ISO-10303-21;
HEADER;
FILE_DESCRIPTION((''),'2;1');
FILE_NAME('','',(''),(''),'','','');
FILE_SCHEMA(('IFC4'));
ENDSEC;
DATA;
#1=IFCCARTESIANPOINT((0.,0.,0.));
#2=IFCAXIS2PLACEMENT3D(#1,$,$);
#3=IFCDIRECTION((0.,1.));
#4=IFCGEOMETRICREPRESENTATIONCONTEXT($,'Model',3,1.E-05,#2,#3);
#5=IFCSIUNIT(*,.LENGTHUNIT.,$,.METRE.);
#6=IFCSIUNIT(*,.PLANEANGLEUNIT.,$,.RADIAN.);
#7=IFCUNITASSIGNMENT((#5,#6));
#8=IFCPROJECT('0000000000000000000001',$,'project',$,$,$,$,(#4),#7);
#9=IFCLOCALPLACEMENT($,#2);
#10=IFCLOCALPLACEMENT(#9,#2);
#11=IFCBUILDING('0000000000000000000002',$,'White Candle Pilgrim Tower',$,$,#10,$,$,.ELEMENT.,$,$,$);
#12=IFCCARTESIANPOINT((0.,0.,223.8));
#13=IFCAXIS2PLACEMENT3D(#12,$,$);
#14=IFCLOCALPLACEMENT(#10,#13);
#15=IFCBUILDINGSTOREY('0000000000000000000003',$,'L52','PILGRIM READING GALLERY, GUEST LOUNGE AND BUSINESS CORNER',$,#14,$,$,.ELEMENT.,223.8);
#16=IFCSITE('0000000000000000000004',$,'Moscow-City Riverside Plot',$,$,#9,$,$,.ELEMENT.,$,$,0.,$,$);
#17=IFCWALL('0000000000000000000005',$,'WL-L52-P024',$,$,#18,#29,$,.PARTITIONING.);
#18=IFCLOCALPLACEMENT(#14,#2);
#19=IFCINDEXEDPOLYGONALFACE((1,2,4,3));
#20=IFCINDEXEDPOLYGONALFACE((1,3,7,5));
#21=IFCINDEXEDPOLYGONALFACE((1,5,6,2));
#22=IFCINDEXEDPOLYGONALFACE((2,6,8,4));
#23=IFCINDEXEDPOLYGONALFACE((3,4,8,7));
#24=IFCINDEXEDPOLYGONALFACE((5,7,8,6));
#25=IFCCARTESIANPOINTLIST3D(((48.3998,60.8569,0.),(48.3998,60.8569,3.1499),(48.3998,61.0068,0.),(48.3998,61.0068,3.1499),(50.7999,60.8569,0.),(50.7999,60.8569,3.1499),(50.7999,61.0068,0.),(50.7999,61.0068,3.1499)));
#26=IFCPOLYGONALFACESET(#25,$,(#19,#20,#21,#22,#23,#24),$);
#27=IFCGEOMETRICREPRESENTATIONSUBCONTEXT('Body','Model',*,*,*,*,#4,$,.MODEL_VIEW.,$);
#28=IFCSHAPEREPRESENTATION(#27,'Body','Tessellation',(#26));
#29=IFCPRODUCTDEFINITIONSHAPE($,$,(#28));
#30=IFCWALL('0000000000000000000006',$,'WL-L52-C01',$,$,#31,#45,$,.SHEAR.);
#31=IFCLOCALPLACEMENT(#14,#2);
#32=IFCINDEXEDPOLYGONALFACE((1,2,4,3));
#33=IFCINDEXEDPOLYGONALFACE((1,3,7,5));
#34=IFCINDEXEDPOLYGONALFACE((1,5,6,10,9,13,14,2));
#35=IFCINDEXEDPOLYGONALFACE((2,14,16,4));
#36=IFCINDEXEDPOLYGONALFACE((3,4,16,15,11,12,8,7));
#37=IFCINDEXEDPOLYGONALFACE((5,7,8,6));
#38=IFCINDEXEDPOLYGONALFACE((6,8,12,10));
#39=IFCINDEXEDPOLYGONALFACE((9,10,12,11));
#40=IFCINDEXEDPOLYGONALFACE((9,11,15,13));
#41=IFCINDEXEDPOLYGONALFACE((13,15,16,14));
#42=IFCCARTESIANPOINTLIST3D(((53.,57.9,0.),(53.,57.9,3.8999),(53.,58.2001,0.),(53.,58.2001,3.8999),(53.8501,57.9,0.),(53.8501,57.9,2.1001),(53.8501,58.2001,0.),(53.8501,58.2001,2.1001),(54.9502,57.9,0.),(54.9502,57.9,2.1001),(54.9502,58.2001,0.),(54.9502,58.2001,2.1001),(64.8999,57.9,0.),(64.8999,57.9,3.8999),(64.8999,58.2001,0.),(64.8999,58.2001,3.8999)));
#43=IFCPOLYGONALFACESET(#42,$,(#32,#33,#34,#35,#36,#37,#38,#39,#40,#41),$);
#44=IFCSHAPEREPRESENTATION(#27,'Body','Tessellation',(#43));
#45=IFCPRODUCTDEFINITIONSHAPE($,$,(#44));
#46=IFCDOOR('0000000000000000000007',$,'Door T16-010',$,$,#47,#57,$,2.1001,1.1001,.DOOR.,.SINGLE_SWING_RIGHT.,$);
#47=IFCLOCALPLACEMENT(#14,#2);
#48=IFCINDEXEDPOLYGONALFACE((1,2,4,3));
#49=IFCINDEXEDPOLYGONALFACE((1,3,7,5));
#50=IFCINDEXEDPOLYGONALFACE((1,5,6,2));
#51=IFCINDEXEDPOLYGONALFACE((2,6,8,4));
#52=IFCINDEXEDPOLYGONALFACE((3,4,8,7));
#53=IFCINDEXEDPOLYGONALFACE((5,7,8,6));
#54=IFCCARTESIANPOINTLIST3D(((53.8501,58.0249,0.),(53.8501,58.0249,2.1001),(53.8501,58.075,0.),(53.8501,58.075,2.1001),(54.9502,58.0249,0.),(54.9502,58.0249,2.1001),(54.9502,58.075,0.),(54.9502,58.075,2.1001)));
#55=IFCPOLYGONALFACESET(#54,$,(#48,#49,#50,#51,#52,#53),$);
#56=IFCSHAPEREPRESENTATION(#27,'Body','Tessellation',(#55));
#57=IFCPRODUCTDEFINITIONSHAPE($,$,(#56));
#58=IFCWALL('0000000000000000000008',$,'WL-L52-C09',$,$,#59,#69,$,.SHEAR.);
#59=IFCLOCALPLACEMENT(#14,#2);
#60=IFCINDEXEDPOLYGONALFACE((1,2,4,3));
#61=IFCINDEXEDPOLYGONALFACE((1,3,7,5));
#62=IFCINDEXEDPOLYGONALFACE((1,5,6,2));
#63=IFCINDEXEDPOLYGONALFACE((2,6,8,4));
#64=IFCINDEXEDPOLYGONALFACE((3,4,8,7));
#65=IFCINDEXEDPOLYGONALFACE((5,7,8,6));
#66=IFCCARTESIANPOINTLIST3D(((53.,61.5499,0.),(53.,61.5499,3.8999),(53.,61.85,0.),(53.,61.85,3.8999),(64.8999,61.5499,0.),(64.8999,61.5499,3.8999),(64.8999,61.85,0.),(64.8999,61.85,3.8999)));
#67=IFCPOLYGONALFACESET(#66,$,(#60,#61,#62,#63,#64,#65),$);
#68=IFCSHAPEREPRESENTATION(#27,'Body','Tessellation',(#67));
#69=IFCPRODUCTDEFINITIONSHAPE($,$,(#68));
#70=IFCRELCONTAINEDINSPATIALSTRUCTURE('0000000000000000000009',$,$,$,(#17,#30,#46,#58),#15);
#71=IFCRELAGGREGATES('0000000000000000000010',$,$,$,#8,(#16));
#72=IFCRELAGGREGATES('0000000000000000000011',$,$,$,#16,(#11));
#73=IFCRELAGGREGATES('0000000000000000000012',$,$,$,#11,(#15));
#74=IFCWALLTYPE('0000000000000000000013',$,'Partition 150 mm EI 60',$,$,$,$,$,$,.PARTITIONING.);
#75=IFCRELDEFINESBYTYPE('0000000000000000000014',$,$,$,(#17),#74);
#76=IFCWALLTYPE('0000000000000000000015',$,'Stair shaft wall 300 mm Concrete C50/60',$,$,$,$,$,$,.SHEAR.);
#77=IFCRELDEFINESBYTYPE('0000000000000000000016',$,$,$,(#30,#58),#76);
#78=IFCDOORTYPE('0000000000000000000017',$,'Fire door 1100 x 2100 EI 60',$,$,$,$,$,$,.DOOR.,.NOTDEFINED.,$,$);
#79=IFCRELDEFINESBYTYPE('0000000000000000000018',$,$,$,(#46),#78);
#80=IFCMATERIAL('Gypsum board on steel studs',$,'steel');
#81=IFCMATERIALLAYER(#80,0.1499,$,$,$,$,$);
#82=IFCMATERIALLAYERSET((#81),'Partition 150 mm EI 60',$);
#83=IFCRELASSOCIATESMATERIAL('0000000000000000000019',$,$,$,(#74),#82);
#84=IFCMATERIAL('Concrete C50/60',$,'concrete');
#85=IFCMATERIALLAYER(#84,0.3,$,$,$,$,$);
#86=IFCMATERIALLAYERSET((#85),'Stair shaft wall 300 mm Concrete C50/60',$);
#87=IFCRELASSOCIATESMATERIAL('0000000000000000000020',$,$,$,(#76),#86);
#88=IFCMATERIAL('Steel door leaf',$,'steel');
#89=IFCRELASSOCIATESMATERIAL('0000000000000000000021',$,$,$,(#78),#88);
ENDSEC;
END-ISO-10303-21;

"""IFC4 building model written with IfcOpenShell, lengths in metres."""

from ifc_helpers import new_model, si_unit, direction, frame, frame_2d, origin, place, context, subcontext, project, spatial, rectangle, extrude, material, layer, layer_set, type_object, element, fill, save


model = new_model("IFC4")

# Units and contexts
model_context = context("Model", 3, precision=1e-05, world=origin(), true_north=direction((0.0, 1.0)))
body_context = subcontext(model_context, "Body", "Model", "MODEL_VIEW")
ifc_project = project(units=[si_unit("LENGTHUNIT", "METRE"), si_unit("PLANEANGLEUNIT", "RADIAN")], contexts=[model_context])

# Site, building, storey
site_placement = place(None, origin())
site = spatial("IfcSite", under=ifc_project, at=site_placement, Name="Moscow-City Riverside Plot", CompositionType="ELEMENT", RefElevation=0.0)
building_placement = place(site_placement, origin())
building = spatial("IfcBuilding", under=site, at=building_placement, Name="White Candle Pilgrim Tower", CompositionType="ELEMENT")
storey_placement = place(building_placement, frame((0.0, 0.0, 223.8)))
storey = spatial("IfcBuildingStorey", under=building, at=storey_placement, Name="L52", Description="PILGRIM READING GALLERY, GUEST LOUNGE AND BUSINESS CORNER", CompositionType="ELEMENT", Elevation=223.8)

# Shared definitions
ifc_material_1 = material(Name="Concrete C50/60", Category="concrete")

# Shared definitions
ifc_material_2 = material(Name="Gypsum board on steel studs", Category="steel")
ifc_material_3 = material(Name="Steel door leaf", Category="steel")

# Wall
ifc_layer_1 = layer(ifc_material_2, 0.1499)
ifc_layer_set_1 = layer_set([ifc_layer_1], Name="Partition 150 mm EI 60")
wall_type_1 = type_object("IfcWallType", Name="Partition 150 mm EI 60", PredefinedType="PARTITIONING", material=ifc_layer_set_1)
wall_1_placement = place(storey_placement, frame((50.8, 60.9319, 0.0), z_axis=(0.0, 0.0, 1.0), x_axis=(-1.0, 0.0, 0.0)))
element("IfcWall", 1, at=wall_1_placement, inside=storey, type_object=wall_type_1, Name="WL-L52-P024", PredefinedType="PARTITIONING", context=body_context, shape_type="SweptSolid", body=[
    extrude(rectangle(XDim=2.4001, YDim=0.1499, at=frame_2d((1.2002, 0.0))), origin(), (0.0, 0.0, 1.0), 3.1499),
])

# Wall, opening, door
ifc_layer_2 = layer(ifc_material_1, 0.3)
ifc_layer_set_2 = layer_set([ifc_layer_2], Name="Stair shaft wall 300 mm Concrete C50/60")
wall_type_2 = type_object("IfcWallType", Name="Stair shaft wall 300 mm Concrete C50/60", PredefinedType="SHEAR", material=ifc_layer_set_2)
wall_2_placement = place(storey_placement, frame((53.0, 58.05, 0.0), z_axis=(0.0, 0.0, 1.0), x_axis=(1.0, 0.0, 0.0)))
wall_2 = element("IfcWall", 2, at=wall_2_placement, inside=storey, type_object=wall_type_2, Name="WL-L52-C01", PredefinedType="SHEAR", context=body_context, shape_type="SweptSolid", body=[
    extrude(rectangle(XDim=11.8999, YDim=0.3, at=frame_2d((5.95, 0.0))), origin(), (0.0, 0.0, 1.0), 3.8999),
])
opening_1_placement = place(wall_2_placement, frame((0.8501, 0.0, 0.0)))
opening_1 = element("IfcOpeningElement", 3, at=opening_1_placement, cuts=wall_2, PredefinedType="OPENING", context=body_context, shape_type="SweptSolid", body=[
    extrude(rectangle(XDim=1.1001, YDim=2.1001, at=frame_2d((0.55, 1.05))), frame((0.0, 0.1599, 0.0), z_axis=(0.0, -1.0, 0.0), x_axis=(1.0, 0.0, 0.0)), (0.0, 0.0, 1.0), 0.3201),
])
door_type_1 = type_object("IfcDoorType", Name="Fire door 1100 x 2100 EI 60", OperationType="NOTDEFINED", PredefinedType="DOOR", material=ifc_material_3)
door_1_placement = place(opening_1_placement, origin())
door_1 = element("IfcDoor", 4, at=door_1_placement, inside=storey, type_object=door_type_1, Name="Door T16-010", OperationType="SINGLE_SWING_RIGHT", OverallHeight=2.1001, OverallWidth=1.1001, PredefinedType="DOOR", context=body_context, shape_type="SweptSolid", body=[
    extrude(rectangle(XDim=1.1001, YDim=2.1001, at=frame_2d((0.55, 1.05))), frame((0.0, 0.0249, 0.0), z_axis=(0.0, -1.0, 0.0), x_axis=(1.0, 0.0, 0.0)), (0.0, 0.0, 1.0), 0.05),
])
fill(opening_1, door_1)

# Wall
wall_3_placement = place(storey_placement, frame((53.0, 61.7, 0.0), z_axis=(0.0, 0.0, 1.0), x_axis=(1.0, 0.0, 0.0)))
element("IfcWall", 5, at=wall_3_placement, inside=storey, type_object=wall_type_2, Name="WL-L52-C09", PredefinedType="SHEAR", context=body_context, shape_type="SweptSolid", body=[
    extrude(rectangle(XDim=11.8999, YDim=0.3, at=frame_2d((5.95, 0.0))), origin(), (0.0, 0.0, 1.0), 3.8999),
])

save(model, "model.ifc")
